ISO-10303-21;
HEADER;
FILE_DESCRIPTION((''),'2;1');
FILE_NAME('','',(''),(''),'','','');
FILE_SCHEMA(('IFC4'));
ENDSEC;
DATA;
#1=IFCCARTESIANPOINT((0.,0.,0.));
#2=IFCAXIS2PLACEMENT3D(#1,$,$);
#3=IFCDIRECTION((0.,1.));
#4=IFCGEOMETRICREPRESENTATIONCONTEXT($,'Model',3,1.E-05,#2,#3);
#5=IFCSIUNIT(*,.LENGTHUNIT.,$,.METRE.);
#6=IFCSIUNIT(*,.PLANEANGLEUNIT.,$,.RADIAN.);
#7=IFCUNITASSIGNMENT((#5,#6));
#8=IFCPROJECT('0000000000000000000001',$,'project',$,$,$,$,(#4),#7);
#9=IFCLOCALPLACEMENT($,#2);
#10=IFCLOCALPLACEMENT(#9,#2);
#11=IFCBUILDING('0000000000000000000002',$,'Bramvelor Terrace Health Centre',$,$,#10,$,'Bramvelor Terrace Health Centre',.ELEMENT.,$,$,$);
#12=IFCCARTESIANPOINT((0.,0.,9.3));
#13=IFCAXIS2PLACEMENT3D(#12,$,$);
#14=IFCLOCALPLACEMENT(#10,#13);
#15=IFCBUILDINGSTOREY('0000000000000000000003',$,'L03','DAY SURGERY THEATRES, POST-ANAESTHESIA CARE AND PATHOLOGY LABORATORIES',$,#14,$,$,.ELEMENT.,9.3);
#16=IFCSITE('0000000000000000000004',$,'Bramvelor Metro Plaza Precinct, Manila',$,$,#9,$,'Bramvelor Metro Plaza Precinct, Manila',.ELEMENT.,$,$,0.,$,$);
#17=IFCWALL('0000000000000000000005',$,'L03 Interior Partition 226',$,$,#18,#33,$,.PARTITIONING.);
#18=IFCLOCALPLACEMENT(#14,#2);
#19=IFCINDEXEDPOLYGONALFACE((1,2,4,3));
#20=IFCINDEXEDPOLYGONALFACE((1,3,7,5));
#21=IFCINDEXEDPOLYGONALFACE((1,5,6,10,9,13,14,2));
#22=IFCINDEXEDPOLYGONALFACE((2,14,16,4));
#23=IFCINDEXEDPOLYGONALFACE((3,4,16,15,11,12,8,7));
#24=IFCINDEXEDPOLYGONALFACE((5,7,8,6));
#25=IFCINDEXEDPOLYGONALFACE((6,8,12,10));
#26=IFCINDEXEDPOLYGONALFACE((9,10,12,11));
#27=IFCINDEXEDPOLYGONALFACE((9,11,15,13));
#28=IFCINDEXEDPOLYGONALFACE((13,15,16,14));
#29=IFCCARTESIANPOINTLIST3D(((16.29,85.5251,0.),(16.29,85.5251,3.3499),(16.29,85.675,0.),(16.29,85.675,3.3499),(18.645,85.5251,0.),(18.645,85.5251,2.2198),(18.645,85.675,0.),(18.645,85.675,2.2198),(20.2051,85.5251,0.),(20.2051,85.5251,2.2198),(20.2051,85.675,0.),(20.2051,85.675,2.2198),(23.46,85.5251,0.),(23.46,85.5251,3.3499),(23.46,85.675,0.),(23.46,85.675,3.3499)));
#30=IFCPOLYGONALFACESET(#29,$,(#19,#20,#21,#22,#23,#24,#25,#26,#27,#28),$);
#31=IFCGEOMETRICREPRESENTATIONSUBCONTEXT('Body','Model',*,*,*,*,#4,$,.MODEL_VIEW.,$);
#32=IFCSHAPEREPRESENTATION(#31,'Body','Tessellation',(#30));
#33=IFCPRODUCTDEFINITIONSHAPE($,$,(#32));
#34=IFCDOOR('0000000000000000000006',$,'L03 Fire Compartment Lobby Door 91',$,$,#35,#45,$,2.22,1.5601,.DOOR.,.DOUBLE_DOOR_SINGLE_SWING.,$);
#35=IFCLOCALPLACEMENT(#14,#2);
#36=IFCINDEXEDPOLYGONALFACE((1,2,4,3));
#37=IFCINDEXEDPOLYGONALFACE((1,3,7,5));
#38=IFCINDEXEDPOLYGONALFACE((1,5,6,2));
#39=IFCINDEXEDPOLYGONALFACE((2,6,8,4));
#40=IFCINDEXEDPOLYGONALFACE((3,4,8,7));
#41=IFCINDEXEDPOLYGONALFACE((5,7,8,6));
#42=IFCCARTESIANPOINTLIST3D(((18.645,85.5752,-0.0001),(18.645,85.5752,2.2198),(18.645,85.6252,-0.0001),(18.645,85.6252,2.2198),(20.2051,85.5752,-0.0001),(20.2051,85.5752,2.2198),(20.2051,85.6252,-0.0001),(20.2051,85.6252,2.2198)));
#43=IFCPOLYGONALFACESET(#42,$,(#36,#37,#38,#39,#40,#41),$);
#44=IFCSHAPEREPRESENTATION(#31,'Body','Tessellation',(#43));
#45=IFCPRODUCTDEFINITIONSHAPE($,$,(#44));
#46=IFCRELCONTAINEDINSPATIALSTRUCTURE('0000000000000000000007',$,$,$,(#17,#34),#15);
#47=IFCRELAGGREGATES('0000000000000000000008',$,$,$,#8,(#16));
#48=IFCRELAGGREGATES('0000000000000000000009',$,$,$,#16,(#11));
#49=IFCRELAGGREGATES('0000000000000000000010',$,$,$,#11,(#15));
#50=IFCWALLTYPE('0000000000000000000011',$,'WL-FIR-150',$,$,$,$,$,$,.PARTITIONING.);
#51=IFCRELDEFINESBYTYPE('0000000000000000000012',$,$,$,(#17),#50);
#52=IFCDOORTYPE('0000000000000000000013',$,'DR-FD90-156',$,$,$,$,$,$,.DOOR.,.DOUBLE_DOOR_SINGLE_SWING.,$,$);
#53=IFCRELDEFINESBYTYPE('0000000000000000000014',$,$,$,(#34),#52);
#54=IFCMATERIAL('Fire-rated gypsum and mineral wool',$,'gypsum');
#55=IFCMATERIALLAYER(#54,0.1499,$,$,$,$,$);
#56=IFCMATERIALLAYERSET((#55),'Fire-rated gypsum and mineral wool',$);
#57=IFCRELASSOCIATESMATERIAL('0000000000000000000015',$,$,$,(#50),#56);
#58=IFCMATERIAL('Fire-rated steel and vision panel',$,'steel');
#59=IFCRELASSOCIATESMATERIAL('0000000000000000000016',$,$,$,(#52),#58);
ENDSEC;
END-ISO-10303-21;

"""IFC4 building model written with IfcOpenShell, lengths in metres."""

from ifc_helpers import new_model, si_unit, direction, frame, frame_2d, origin, place, context, subcontext, project, spatial, rectangle, extrude, material, layer, layer_set, type_object, element, fill, save


model = new_model("IFC4")

# Units and contexts
model_context = context("Model", 3, precision=1e-05, world=origin(), true_north=direction((0.0, 1.0)))
body_context = subcontext(model_context, "Body", "Model", "MODEL_VIEW")
ifc_project = project(units=[si_unit("LENGTHUNIT", "METRE"), si_unit("PLANEANGLEUNIT", "RADIAN")], contexts=[model_context])

# Site, building, storey
site_placement = place(None, origin())
site = spatial("IfcSite", under=ifc_project, at=site_placement, Name="Bramvelor Metro Plaza Precinct, Manila", LongName="Bramvelor Metro Plaza Precinct, Manila", CompositionType="ELEMENT", RefElevation=0.0)
building_placement = place(site_placement, origin())
building = spatial("IfcBuilding", under=site, at=building_placement, Name="Bramvelor Terrace Health Centre", LongName="Bramvelor Terrace Health Centre", CompositionType="ELEMENT")
storey_placement = place(building_placement, frame((0.0, 0.0, 9.3)))
storey = spatial("IfcBuildingStorey", under=building, at=storey_placement, Name="L03", Description="DAY SURGERY THEATRES, POST-ANAESTHESIA CARE AND PATHOLOGY LABORATORIES", CompositionType="ELEMENT", Elevation=9.3)

# Wall, opening, door
ifc_material_1 = material(Name="Fire-rated gypsum and mineral wool", Category="gypsum")
ifc_layer_1 = layer(ifc_material_1, 0.1499)
ifc_layer_set_1 = layer_set([ifc_layer_1], Name="Fire-rated gypsum and mineral wool")
wall_type_1 = type_object("IfcWallType", Name="WL-FIR-150", PredefinedType="PARTITIONING", material=ifc_layer_set_1)
wall_1_placement = place(storey_placement, frame((23.46, 85.6001, 0.0), z_axis=(0.0, 0.0, 1.0), x_axis=(-1.0, 0.0, 0.0)))
wall_1 = element("IfcWall", 1, at=wall_1_placement, inside=storey, type_object=wall_type_1, Name="L03 Interior Partition 226", PredefinedType="PARTITIONING", context=body_context, shape_type="SweptSolid", body=[
    extrude(rectangle(XDim=7.1699, YDim=0.1499, at=frame_2d((3.585, 0.0))), origin(), (0.0, 0.0, 1.0), 3.3499),
])
opening_1_placement = place(wall_1_placement, frame((3.2549, 0.0, 0.0)))
opening_1 = element("IfcOpeningElement", 2, at=opening_1_placement, cuts=wall_1, PredefinedType="OPENING", context=body_context, shape_type="SweptSolid", body=[
    extrude(rectangle(XDim=1.5601, YDim=2.22, at=frame_2d((0.78, 1.1099))), frame((0.0, 0.085, 0.0), z_axis=(0.0, -1.0, 0.0), x_axis=(1.0, 0.0, 0.0)), (0.0, 0.0, 1.0), 0.1699),
])
ifc_material_2 = material(Name="Fire-rated steel and vision panel", Category="steel")
door_type_1 = type_object("IfcDoorType", Name="DR-FD90-156", OperationType="DOUBLE_DOOR_SINGLE_SWING", PredefinedType="DOOR", material=ifc_material_2)
door_1_placement = place(opening_1_placement, origin())
door_1 = element("IfcDoor", 3, at=door_1_placement, inside=storey, type_object=door_type_1, Name="L03 Fire Compartment Lobby Door 91", OperationType="DOUBLE_DOOR_SINGLE_SWING", OverallHeight=2.22, OverallWidth=1.5601, PredefinedType="DOOR", context=body_context, shape_type="SweptSolid", body=[
    extrude(rectangle(XDim=1.5601, YDim=2.22, at=frame_2d((0.78, 1.1099))), frame((0.0, 0.0249, 0.0), z_axis=(0.0, -1.0, 0.0), x_axis=(1.0, 0.0, 0.0)), (0.0, 0.0, 1.0), 0.05),
])
fill(opening_1, door_1)

save(model, "model.ifc")
